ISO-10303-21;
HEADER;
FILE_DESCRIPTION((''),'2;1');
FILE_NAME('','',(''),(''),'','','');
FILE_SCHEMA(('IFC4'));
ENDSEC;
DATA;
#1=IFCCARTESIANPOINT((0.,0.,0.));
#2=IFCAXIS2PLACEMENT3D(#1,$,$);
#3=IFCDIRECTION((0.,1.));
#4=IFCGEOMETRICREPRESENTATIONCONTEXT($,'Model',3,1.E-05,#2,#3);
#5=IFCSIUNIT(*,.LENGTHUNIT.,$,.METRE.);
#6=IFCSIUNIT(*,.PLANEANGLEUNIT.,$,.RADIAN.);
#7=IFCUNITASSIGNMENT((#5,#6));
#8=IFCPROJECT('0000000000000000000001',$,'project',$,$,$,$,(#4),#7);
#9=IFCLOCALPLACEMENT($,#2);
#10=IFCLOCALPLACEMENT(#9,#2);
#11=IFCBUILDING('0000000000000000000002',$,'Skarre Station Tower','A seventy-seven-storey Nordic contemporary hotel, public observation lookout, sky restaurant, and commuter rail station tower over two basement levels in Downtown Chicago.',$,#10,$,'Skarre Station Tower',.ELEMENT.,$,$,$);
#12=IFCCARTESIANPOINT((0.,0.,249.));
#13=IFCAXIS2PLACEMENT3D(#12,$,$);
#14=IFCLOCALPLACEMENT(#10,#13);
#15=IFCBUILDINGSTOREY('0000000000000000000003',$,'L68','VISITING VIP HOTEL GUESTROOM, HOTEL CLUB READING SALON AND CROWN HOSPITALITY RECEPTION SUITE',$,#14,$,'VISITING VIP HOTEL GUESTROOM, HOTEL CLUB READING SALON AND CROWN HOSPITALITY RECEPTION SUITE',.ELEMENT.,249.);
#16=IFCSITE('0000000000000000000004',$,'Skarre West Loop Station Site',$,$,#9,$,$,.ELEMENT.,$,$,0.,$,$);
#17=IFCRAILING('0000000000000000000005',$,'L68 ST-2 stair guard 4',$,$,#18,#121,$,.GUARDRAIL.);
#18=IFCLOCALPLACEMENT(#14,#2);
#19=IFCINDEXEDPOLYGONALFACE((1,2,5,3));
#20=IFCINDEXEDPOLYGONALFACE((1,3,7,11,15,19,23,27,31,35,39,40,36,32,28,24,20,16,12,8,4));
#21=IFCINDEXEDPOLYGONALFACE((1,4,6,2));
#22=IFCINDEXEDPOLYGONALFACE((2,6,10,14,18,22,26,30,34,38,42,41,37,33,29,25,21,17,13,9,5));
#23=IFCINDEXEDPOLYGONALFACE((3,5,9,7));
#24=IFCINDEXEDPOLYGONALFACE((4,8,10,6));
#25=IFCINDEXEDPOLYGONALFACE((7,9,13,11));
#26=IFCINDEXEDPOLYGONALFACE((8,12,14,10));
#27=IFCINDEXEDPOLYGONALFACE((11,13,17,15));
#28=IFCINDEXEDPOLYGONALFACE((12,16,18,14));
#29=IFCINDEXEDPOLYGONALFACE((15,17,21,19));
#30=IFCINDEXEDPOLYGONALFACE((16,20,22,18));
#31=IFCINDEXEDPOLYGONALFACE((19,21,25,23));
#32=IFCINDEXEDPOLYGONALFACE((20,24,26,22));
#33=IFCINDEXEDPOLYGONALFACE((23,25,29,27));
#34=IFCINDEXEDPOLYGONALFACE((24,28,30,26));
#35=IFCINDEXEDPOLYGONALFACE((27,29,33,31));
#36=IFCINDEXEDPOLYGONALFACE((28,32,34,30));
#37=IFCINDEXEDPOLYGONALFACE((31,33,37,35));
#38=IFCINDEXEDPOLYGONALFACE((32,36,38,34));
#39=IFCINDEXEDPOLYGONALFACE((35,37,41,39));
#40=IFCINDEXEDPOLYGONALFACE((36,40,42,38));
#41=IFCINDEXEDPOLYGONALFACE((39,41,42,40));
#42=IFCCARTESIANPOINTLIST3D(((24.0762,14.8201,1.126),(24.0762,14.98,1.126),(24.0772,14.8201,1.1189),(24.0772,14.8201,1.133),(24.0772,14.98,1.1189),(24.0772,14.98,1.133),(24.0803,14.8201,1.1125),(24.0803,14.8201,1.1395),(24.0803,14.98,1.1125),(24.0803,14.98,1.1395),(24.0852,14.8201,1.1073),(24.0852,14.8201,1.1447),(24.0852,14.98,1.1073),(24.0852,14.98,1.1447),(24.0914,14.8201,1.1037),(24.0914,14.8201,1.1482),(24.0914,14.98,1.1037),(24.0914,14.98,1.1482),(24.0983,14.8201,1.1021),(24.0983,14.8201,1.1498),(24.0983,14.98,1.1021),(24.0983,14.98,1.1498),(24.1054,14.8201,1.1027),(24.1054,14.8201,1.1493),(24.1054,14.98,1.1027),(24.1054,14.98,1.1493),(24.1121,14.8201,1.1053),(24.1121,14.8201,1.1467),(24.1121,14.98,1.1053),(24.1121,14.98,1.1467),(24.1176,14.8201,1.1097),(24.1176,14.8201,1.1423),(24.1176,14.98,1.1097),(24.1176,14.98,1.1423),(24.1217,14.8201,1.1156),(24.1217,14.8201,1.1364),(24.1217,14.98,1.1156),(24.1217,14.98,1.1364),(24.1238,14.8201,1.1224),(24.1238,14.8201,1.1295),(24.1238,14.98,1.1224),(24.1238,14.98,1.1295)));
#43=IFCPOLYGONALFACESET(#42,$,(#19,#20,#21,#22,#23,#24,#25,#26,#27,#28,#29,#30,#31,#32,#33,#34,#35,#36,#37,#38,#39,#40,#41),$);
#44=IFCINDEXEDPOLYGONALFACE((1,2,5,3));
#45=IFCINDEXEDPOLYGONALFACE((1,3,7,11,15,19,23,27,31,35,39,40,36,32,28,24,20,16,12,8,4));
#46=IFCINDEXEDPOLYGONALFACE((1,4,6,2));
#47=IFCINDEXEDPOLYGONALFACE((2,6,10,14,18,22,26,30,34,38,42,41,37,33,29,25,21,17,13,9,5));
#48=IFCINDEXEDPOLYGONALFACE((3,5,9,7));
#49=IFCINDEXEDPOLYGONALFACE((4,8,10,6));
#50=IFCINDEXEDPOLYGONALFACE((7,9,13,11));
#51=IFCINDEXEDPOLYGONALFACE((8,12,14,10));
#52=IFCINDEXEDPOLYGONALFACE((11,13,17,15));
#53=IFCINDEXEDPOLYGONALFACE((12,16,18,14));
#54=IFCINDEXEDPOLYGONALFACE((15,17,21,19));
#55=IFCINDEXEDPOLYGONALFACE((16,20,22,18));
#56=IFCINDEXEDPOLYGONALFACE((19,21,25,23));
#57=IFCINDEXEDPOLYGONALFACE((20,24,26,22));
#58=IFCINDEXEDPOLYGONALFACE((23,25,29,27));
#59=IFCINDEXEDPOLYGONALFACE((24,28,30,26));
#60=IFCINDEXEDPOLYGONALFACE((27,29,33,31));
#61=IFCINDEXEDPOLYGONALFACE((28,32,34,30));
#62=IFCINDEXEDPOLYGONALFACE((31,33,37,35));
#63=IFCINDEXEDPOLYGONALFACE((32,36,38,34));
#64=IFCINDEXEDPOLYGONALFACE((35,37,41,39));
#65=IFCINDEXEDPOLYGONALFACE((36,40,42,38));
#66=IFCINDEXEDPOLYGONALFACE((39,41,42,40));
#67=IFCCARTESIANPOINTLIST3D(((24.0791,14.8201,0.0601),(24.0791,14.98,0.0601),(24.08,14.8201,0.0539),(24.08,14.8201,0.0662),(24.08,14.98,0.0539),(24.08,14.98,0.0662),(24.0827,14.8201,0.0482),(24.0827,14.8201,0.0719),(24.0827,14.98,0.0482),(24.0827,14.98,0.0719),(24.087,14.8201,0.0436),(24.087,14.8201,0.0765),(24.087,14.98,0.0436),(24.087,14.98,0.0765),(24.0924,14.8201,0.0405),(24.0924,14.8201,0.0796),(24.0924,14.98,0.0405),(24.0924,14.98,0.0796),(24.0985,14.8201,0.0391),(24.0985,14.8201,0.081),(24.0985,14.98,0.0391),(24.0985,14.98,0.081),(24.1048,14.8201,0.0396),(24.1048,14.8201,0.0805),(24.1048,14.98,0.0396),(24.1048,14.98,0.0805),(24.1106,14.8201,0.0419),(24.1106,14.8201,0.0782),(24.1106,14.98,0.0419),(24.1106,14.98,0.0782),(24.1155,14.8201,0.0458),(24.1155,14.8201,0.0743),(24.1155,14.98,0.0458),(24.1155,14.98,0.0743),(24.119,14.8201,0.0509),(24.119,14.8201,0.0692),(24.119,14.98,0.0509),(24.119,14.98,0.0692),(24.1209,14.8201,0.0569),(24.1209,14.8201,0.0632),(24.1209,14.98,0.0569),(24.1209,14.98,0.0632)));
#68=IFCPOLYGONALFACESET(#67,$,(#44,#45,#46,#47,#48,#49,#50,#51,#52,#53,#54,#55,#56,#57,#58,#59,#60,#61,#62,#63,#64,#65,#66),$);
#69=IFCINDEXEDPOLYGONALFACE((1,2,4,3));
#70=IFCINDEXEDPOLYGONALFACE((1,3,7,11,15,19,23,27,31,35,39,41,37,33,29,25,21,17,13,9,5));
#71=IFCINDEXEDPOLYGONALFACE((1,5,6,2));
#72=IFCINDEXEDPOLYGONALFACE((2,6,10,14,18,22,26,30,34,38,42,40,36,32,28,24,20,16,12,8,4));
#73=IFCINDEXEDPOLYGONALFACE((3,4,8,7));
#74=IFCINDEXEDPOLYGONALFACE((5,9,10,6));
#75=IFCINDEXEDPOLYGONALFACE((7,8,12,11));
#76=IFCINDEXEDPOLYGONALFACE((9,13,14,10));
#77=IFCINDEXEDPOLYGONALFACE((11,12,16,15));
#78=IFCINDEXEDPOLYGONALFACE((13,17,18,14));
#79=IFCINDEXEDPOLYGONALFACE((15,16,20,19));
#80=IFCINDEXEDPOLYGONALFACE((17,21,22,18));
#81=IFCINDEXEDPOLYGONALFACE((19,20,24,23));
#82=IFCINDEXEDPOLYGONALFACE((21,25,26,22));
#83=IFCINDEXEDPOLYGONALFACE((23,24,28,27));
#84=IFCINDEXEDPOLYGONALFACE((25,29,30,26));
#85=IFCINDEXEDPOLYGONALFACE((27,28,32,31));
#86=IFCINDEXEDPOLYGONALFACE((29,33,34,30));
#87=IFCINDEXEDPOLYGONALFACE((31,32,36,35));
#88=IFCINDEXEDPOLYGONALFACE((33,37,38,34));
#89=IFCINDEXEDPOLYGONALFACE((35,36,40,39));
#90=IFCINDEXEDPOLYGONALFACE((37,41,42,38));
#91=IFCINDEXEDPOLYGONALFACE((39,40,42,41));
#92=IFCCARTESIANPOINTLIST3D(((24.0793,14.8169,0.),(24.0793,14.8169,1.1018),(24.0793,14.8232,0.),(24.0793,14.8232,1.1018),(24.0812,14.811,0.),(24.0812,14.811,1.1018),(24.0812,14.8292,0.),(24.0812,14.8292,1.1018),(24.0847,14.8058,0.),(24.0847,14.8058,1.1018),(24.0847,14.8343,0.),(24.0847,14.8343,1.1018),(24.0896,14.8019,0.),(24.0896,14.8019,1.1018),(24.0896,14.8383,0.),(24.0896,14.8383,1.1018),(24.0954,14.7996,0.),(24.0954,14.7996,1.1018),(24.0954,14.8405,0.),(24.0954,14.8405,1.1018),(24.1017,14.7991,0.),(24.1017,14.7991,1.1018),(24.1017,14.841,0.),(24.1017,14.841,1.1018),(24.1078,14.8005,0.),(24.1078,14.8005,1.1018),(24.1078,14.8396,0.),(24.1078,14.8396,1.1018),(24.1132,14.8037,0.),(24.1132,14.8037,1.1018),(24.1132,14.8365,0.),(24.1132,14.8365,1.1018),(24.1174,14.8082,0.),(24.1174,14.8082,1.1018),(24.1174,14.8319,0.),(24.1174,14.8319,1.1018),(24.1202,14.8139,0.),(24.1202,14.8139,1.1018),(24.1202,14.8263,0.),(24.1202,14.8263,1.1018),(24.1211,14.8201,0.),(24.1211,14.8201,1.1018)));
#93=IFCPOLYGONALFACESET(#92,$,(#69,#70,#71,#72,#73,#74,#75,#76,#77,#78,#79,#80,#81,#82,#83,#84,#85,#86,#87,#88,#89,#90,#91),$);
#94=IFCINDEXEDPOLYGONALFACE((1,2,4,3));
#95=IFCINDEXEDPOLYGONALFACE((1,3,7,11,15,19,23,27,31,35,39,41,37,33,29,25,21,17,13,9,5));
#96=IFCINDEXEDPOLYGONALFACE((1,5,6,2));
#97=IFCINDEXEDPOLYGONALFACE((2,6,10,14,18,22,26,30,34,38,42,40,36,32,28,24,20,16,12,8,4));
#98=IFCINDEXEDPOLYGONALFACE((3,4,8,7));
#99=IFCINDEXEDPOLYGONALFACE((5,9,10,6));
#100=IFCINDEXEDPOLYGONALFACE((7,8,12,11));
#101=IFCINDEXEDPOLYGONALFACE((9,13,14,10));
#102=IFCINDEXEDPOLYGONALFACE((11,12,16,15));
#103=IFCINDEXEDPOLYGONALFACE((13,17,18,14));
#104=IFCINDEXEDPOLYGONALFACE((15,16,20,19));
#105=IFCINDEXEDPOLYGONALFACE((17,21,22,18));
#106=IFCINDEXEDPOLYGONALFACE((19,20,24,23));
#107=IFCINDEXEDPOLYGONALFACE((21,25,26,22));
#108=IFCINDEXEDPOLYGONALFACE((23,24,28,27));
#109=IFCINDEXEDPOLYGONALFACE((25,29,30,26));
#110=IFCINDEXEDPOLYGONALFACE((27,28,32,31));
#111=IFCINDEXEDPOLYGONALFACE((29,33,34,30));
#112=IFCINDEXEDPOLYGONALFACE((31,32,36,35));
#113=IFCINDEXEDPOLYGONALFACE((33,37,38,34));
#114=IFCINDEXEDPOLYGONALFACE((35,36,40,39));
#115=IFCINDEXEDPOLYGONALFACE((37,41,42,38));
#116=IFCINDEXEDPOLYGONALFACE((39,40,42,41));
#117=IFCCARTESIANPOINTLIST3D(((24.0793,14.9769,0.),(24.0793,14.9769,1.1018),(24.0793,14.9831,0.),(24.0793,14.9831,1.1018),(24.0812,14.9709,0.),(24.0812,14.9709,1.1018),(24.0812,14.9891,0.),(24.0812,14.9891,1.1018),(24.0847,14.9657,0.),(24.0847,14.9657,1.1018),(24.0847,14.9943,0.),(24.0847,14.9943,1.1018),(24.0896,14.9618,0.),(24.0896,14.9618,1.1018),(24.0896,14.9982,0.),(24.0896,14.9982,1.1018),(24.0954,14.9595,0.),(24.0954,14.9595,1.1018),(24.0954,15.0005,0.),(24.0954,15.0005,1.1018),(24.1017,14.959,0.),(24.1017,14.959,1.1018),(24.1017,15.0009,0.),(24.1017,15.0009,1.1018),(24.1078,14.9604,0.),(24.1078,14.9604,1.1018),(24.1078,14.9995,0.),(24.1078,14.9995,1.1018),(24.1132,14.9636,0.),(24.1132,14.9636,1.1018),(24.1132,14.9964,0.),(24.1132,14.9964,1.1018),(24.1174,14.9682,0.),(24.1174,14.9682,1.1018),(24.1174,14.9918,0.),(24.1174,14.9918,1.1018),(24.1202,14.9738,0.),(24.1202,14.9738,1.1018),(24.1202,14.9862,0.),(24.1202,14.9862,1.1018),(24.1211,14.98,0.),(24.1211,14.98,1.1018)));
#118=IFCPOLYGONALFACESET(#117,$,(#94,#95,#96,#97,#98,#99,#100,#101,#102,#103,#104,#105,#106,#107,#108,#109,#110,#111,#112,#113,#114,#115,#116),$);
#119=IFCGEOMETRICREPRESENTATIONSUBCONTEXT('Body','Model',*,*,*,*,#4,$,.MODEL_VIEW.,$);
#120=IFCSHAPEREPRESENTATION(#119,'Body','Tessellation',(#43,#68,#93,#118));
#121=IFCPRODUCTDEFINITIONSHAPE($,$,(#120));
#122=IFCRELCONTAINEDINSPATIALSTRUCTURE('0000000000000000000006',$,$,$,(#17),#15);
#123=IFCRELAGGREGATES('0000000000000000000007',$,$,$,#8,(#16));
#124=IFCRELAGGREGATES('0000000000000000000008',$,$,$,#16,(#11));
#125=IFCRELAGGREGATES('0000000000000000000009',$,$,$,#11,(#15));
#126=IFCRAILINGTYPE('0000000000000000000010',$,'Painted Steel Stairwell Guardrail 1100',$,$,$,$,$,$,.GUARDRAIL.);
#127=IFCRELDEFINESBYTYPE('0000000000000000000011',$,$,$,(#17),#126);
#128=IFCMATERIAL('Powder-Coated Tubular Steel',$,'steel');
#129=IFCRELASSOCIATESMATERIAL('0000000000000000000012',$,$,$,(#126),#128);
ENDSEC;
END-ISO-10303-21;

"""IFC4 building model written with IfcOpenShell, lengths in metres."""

from ifc_helpers import new_model, si_unit, direction, frame, origin, origin_2d, place, context, subcontext, project, spatial, circle, extrude, material, type_object, element, save


model = new_model("IFC4")

# Units and contexts
model_context = context("Model", 3, precision=1e-05, world=origin(), true_north=direction((0.0, 1.0)))
body_context = subcontext(model_context, "Body", "Model", "MODEL_VIEW")
ifc_project = project(units=[si_unit("LENGTHUNIT", "METRE"), si_unit("PLANEANGLEUNIT", "RADIAN")], contexts=[model_context])

# Site, building, storey
site_placement = place(None, origin())
site = spatial("IfcSite", under=ifc_project, at=site_placement, Name="Skarre West Loop Station Site", CompositionType="ELEMENT", RefElevation=0.0)
building_placement = place(site_placement, origin())
building = spatial("IfcBuilding", under=site, at=building_placement, Name="Skarre Station Tower", Description="A seventy-seven-storey Nordic contemporary hotel, public observation lookout, sky restaurant, and commuter rail station tower over two basement levels in Downtown Chicago.", LongName="Skarre Station Tower", CompositionType="ELEMENT")
storey_placement = place(building_placement, frame((0.0, 0.0, 249.0)))
storey = spatial("IfcBuildingStorey", under=building, at=storey_placement, Name="L68", Description="VISITING VIP HOTEL GUESTROOM, HOTEL CLUB READING SALON AND CROWN HOSPITALITY RECEPTION SUITE", LongName="VISITING VIP HOTEL GUESTROOM, HOTEL CLUB READING SALON AND CROWN HOSPITALITY RECEPTION SUITE", CompositionType="ELEMENT", Elevation=249.0)

# Railing
ifc_material_1 = material(Name="Powder-Coated Tubular Steel", Category="steel")
railing_type_1 = type_object("IfcRailingType", Name="Painted Steel Stairwell Guardrail 1100", PredefinedType="GUARDRAIL", material=ifc_material_1)
railing_1_placement = place(storey_placement, frame((24.1001, 14.8201, 0.0)))
element("IfcRailing", 1, at=railing_1_placement, inside=storey, type_object=railing_type_1, Name="L68 ST-2 stair guard 4", PredefinedType="GUARDRAIL", context=body_context, shape_type="SweptSolid", body=[
    extrude(circle(Radius=0.0239, at=origin_2d()), frame((0.0, 0.0, 1.126), z_axis=(0.0, 1.0, 0.0), x_axis=(-1.0, 0.0, 0.0)), (0.0, 0.0, 1.0), 0.1599),
    extrude(circle(Radius=0.021, at=origin_2d()), frame((0.0, 0.0, 0.0601), z_axis=(0.0, 1.0, 0.0), x_axis=(-1.0, 0.0, 0.0)), (0.0, 0.0, 1.0), 0.1599),
    extrude(circle(Radius=0.021, at=origin_2d()), origin(), (0.0, 0.0, 1.0), 1.1018),
    extrude(circle(Radius=0.021, at=origin_2d()), frame((0.0, 0.1599, 0.0)), (0.0, 0.0, 1.0), 1.1018),
])

save(model, "model.ifc")
